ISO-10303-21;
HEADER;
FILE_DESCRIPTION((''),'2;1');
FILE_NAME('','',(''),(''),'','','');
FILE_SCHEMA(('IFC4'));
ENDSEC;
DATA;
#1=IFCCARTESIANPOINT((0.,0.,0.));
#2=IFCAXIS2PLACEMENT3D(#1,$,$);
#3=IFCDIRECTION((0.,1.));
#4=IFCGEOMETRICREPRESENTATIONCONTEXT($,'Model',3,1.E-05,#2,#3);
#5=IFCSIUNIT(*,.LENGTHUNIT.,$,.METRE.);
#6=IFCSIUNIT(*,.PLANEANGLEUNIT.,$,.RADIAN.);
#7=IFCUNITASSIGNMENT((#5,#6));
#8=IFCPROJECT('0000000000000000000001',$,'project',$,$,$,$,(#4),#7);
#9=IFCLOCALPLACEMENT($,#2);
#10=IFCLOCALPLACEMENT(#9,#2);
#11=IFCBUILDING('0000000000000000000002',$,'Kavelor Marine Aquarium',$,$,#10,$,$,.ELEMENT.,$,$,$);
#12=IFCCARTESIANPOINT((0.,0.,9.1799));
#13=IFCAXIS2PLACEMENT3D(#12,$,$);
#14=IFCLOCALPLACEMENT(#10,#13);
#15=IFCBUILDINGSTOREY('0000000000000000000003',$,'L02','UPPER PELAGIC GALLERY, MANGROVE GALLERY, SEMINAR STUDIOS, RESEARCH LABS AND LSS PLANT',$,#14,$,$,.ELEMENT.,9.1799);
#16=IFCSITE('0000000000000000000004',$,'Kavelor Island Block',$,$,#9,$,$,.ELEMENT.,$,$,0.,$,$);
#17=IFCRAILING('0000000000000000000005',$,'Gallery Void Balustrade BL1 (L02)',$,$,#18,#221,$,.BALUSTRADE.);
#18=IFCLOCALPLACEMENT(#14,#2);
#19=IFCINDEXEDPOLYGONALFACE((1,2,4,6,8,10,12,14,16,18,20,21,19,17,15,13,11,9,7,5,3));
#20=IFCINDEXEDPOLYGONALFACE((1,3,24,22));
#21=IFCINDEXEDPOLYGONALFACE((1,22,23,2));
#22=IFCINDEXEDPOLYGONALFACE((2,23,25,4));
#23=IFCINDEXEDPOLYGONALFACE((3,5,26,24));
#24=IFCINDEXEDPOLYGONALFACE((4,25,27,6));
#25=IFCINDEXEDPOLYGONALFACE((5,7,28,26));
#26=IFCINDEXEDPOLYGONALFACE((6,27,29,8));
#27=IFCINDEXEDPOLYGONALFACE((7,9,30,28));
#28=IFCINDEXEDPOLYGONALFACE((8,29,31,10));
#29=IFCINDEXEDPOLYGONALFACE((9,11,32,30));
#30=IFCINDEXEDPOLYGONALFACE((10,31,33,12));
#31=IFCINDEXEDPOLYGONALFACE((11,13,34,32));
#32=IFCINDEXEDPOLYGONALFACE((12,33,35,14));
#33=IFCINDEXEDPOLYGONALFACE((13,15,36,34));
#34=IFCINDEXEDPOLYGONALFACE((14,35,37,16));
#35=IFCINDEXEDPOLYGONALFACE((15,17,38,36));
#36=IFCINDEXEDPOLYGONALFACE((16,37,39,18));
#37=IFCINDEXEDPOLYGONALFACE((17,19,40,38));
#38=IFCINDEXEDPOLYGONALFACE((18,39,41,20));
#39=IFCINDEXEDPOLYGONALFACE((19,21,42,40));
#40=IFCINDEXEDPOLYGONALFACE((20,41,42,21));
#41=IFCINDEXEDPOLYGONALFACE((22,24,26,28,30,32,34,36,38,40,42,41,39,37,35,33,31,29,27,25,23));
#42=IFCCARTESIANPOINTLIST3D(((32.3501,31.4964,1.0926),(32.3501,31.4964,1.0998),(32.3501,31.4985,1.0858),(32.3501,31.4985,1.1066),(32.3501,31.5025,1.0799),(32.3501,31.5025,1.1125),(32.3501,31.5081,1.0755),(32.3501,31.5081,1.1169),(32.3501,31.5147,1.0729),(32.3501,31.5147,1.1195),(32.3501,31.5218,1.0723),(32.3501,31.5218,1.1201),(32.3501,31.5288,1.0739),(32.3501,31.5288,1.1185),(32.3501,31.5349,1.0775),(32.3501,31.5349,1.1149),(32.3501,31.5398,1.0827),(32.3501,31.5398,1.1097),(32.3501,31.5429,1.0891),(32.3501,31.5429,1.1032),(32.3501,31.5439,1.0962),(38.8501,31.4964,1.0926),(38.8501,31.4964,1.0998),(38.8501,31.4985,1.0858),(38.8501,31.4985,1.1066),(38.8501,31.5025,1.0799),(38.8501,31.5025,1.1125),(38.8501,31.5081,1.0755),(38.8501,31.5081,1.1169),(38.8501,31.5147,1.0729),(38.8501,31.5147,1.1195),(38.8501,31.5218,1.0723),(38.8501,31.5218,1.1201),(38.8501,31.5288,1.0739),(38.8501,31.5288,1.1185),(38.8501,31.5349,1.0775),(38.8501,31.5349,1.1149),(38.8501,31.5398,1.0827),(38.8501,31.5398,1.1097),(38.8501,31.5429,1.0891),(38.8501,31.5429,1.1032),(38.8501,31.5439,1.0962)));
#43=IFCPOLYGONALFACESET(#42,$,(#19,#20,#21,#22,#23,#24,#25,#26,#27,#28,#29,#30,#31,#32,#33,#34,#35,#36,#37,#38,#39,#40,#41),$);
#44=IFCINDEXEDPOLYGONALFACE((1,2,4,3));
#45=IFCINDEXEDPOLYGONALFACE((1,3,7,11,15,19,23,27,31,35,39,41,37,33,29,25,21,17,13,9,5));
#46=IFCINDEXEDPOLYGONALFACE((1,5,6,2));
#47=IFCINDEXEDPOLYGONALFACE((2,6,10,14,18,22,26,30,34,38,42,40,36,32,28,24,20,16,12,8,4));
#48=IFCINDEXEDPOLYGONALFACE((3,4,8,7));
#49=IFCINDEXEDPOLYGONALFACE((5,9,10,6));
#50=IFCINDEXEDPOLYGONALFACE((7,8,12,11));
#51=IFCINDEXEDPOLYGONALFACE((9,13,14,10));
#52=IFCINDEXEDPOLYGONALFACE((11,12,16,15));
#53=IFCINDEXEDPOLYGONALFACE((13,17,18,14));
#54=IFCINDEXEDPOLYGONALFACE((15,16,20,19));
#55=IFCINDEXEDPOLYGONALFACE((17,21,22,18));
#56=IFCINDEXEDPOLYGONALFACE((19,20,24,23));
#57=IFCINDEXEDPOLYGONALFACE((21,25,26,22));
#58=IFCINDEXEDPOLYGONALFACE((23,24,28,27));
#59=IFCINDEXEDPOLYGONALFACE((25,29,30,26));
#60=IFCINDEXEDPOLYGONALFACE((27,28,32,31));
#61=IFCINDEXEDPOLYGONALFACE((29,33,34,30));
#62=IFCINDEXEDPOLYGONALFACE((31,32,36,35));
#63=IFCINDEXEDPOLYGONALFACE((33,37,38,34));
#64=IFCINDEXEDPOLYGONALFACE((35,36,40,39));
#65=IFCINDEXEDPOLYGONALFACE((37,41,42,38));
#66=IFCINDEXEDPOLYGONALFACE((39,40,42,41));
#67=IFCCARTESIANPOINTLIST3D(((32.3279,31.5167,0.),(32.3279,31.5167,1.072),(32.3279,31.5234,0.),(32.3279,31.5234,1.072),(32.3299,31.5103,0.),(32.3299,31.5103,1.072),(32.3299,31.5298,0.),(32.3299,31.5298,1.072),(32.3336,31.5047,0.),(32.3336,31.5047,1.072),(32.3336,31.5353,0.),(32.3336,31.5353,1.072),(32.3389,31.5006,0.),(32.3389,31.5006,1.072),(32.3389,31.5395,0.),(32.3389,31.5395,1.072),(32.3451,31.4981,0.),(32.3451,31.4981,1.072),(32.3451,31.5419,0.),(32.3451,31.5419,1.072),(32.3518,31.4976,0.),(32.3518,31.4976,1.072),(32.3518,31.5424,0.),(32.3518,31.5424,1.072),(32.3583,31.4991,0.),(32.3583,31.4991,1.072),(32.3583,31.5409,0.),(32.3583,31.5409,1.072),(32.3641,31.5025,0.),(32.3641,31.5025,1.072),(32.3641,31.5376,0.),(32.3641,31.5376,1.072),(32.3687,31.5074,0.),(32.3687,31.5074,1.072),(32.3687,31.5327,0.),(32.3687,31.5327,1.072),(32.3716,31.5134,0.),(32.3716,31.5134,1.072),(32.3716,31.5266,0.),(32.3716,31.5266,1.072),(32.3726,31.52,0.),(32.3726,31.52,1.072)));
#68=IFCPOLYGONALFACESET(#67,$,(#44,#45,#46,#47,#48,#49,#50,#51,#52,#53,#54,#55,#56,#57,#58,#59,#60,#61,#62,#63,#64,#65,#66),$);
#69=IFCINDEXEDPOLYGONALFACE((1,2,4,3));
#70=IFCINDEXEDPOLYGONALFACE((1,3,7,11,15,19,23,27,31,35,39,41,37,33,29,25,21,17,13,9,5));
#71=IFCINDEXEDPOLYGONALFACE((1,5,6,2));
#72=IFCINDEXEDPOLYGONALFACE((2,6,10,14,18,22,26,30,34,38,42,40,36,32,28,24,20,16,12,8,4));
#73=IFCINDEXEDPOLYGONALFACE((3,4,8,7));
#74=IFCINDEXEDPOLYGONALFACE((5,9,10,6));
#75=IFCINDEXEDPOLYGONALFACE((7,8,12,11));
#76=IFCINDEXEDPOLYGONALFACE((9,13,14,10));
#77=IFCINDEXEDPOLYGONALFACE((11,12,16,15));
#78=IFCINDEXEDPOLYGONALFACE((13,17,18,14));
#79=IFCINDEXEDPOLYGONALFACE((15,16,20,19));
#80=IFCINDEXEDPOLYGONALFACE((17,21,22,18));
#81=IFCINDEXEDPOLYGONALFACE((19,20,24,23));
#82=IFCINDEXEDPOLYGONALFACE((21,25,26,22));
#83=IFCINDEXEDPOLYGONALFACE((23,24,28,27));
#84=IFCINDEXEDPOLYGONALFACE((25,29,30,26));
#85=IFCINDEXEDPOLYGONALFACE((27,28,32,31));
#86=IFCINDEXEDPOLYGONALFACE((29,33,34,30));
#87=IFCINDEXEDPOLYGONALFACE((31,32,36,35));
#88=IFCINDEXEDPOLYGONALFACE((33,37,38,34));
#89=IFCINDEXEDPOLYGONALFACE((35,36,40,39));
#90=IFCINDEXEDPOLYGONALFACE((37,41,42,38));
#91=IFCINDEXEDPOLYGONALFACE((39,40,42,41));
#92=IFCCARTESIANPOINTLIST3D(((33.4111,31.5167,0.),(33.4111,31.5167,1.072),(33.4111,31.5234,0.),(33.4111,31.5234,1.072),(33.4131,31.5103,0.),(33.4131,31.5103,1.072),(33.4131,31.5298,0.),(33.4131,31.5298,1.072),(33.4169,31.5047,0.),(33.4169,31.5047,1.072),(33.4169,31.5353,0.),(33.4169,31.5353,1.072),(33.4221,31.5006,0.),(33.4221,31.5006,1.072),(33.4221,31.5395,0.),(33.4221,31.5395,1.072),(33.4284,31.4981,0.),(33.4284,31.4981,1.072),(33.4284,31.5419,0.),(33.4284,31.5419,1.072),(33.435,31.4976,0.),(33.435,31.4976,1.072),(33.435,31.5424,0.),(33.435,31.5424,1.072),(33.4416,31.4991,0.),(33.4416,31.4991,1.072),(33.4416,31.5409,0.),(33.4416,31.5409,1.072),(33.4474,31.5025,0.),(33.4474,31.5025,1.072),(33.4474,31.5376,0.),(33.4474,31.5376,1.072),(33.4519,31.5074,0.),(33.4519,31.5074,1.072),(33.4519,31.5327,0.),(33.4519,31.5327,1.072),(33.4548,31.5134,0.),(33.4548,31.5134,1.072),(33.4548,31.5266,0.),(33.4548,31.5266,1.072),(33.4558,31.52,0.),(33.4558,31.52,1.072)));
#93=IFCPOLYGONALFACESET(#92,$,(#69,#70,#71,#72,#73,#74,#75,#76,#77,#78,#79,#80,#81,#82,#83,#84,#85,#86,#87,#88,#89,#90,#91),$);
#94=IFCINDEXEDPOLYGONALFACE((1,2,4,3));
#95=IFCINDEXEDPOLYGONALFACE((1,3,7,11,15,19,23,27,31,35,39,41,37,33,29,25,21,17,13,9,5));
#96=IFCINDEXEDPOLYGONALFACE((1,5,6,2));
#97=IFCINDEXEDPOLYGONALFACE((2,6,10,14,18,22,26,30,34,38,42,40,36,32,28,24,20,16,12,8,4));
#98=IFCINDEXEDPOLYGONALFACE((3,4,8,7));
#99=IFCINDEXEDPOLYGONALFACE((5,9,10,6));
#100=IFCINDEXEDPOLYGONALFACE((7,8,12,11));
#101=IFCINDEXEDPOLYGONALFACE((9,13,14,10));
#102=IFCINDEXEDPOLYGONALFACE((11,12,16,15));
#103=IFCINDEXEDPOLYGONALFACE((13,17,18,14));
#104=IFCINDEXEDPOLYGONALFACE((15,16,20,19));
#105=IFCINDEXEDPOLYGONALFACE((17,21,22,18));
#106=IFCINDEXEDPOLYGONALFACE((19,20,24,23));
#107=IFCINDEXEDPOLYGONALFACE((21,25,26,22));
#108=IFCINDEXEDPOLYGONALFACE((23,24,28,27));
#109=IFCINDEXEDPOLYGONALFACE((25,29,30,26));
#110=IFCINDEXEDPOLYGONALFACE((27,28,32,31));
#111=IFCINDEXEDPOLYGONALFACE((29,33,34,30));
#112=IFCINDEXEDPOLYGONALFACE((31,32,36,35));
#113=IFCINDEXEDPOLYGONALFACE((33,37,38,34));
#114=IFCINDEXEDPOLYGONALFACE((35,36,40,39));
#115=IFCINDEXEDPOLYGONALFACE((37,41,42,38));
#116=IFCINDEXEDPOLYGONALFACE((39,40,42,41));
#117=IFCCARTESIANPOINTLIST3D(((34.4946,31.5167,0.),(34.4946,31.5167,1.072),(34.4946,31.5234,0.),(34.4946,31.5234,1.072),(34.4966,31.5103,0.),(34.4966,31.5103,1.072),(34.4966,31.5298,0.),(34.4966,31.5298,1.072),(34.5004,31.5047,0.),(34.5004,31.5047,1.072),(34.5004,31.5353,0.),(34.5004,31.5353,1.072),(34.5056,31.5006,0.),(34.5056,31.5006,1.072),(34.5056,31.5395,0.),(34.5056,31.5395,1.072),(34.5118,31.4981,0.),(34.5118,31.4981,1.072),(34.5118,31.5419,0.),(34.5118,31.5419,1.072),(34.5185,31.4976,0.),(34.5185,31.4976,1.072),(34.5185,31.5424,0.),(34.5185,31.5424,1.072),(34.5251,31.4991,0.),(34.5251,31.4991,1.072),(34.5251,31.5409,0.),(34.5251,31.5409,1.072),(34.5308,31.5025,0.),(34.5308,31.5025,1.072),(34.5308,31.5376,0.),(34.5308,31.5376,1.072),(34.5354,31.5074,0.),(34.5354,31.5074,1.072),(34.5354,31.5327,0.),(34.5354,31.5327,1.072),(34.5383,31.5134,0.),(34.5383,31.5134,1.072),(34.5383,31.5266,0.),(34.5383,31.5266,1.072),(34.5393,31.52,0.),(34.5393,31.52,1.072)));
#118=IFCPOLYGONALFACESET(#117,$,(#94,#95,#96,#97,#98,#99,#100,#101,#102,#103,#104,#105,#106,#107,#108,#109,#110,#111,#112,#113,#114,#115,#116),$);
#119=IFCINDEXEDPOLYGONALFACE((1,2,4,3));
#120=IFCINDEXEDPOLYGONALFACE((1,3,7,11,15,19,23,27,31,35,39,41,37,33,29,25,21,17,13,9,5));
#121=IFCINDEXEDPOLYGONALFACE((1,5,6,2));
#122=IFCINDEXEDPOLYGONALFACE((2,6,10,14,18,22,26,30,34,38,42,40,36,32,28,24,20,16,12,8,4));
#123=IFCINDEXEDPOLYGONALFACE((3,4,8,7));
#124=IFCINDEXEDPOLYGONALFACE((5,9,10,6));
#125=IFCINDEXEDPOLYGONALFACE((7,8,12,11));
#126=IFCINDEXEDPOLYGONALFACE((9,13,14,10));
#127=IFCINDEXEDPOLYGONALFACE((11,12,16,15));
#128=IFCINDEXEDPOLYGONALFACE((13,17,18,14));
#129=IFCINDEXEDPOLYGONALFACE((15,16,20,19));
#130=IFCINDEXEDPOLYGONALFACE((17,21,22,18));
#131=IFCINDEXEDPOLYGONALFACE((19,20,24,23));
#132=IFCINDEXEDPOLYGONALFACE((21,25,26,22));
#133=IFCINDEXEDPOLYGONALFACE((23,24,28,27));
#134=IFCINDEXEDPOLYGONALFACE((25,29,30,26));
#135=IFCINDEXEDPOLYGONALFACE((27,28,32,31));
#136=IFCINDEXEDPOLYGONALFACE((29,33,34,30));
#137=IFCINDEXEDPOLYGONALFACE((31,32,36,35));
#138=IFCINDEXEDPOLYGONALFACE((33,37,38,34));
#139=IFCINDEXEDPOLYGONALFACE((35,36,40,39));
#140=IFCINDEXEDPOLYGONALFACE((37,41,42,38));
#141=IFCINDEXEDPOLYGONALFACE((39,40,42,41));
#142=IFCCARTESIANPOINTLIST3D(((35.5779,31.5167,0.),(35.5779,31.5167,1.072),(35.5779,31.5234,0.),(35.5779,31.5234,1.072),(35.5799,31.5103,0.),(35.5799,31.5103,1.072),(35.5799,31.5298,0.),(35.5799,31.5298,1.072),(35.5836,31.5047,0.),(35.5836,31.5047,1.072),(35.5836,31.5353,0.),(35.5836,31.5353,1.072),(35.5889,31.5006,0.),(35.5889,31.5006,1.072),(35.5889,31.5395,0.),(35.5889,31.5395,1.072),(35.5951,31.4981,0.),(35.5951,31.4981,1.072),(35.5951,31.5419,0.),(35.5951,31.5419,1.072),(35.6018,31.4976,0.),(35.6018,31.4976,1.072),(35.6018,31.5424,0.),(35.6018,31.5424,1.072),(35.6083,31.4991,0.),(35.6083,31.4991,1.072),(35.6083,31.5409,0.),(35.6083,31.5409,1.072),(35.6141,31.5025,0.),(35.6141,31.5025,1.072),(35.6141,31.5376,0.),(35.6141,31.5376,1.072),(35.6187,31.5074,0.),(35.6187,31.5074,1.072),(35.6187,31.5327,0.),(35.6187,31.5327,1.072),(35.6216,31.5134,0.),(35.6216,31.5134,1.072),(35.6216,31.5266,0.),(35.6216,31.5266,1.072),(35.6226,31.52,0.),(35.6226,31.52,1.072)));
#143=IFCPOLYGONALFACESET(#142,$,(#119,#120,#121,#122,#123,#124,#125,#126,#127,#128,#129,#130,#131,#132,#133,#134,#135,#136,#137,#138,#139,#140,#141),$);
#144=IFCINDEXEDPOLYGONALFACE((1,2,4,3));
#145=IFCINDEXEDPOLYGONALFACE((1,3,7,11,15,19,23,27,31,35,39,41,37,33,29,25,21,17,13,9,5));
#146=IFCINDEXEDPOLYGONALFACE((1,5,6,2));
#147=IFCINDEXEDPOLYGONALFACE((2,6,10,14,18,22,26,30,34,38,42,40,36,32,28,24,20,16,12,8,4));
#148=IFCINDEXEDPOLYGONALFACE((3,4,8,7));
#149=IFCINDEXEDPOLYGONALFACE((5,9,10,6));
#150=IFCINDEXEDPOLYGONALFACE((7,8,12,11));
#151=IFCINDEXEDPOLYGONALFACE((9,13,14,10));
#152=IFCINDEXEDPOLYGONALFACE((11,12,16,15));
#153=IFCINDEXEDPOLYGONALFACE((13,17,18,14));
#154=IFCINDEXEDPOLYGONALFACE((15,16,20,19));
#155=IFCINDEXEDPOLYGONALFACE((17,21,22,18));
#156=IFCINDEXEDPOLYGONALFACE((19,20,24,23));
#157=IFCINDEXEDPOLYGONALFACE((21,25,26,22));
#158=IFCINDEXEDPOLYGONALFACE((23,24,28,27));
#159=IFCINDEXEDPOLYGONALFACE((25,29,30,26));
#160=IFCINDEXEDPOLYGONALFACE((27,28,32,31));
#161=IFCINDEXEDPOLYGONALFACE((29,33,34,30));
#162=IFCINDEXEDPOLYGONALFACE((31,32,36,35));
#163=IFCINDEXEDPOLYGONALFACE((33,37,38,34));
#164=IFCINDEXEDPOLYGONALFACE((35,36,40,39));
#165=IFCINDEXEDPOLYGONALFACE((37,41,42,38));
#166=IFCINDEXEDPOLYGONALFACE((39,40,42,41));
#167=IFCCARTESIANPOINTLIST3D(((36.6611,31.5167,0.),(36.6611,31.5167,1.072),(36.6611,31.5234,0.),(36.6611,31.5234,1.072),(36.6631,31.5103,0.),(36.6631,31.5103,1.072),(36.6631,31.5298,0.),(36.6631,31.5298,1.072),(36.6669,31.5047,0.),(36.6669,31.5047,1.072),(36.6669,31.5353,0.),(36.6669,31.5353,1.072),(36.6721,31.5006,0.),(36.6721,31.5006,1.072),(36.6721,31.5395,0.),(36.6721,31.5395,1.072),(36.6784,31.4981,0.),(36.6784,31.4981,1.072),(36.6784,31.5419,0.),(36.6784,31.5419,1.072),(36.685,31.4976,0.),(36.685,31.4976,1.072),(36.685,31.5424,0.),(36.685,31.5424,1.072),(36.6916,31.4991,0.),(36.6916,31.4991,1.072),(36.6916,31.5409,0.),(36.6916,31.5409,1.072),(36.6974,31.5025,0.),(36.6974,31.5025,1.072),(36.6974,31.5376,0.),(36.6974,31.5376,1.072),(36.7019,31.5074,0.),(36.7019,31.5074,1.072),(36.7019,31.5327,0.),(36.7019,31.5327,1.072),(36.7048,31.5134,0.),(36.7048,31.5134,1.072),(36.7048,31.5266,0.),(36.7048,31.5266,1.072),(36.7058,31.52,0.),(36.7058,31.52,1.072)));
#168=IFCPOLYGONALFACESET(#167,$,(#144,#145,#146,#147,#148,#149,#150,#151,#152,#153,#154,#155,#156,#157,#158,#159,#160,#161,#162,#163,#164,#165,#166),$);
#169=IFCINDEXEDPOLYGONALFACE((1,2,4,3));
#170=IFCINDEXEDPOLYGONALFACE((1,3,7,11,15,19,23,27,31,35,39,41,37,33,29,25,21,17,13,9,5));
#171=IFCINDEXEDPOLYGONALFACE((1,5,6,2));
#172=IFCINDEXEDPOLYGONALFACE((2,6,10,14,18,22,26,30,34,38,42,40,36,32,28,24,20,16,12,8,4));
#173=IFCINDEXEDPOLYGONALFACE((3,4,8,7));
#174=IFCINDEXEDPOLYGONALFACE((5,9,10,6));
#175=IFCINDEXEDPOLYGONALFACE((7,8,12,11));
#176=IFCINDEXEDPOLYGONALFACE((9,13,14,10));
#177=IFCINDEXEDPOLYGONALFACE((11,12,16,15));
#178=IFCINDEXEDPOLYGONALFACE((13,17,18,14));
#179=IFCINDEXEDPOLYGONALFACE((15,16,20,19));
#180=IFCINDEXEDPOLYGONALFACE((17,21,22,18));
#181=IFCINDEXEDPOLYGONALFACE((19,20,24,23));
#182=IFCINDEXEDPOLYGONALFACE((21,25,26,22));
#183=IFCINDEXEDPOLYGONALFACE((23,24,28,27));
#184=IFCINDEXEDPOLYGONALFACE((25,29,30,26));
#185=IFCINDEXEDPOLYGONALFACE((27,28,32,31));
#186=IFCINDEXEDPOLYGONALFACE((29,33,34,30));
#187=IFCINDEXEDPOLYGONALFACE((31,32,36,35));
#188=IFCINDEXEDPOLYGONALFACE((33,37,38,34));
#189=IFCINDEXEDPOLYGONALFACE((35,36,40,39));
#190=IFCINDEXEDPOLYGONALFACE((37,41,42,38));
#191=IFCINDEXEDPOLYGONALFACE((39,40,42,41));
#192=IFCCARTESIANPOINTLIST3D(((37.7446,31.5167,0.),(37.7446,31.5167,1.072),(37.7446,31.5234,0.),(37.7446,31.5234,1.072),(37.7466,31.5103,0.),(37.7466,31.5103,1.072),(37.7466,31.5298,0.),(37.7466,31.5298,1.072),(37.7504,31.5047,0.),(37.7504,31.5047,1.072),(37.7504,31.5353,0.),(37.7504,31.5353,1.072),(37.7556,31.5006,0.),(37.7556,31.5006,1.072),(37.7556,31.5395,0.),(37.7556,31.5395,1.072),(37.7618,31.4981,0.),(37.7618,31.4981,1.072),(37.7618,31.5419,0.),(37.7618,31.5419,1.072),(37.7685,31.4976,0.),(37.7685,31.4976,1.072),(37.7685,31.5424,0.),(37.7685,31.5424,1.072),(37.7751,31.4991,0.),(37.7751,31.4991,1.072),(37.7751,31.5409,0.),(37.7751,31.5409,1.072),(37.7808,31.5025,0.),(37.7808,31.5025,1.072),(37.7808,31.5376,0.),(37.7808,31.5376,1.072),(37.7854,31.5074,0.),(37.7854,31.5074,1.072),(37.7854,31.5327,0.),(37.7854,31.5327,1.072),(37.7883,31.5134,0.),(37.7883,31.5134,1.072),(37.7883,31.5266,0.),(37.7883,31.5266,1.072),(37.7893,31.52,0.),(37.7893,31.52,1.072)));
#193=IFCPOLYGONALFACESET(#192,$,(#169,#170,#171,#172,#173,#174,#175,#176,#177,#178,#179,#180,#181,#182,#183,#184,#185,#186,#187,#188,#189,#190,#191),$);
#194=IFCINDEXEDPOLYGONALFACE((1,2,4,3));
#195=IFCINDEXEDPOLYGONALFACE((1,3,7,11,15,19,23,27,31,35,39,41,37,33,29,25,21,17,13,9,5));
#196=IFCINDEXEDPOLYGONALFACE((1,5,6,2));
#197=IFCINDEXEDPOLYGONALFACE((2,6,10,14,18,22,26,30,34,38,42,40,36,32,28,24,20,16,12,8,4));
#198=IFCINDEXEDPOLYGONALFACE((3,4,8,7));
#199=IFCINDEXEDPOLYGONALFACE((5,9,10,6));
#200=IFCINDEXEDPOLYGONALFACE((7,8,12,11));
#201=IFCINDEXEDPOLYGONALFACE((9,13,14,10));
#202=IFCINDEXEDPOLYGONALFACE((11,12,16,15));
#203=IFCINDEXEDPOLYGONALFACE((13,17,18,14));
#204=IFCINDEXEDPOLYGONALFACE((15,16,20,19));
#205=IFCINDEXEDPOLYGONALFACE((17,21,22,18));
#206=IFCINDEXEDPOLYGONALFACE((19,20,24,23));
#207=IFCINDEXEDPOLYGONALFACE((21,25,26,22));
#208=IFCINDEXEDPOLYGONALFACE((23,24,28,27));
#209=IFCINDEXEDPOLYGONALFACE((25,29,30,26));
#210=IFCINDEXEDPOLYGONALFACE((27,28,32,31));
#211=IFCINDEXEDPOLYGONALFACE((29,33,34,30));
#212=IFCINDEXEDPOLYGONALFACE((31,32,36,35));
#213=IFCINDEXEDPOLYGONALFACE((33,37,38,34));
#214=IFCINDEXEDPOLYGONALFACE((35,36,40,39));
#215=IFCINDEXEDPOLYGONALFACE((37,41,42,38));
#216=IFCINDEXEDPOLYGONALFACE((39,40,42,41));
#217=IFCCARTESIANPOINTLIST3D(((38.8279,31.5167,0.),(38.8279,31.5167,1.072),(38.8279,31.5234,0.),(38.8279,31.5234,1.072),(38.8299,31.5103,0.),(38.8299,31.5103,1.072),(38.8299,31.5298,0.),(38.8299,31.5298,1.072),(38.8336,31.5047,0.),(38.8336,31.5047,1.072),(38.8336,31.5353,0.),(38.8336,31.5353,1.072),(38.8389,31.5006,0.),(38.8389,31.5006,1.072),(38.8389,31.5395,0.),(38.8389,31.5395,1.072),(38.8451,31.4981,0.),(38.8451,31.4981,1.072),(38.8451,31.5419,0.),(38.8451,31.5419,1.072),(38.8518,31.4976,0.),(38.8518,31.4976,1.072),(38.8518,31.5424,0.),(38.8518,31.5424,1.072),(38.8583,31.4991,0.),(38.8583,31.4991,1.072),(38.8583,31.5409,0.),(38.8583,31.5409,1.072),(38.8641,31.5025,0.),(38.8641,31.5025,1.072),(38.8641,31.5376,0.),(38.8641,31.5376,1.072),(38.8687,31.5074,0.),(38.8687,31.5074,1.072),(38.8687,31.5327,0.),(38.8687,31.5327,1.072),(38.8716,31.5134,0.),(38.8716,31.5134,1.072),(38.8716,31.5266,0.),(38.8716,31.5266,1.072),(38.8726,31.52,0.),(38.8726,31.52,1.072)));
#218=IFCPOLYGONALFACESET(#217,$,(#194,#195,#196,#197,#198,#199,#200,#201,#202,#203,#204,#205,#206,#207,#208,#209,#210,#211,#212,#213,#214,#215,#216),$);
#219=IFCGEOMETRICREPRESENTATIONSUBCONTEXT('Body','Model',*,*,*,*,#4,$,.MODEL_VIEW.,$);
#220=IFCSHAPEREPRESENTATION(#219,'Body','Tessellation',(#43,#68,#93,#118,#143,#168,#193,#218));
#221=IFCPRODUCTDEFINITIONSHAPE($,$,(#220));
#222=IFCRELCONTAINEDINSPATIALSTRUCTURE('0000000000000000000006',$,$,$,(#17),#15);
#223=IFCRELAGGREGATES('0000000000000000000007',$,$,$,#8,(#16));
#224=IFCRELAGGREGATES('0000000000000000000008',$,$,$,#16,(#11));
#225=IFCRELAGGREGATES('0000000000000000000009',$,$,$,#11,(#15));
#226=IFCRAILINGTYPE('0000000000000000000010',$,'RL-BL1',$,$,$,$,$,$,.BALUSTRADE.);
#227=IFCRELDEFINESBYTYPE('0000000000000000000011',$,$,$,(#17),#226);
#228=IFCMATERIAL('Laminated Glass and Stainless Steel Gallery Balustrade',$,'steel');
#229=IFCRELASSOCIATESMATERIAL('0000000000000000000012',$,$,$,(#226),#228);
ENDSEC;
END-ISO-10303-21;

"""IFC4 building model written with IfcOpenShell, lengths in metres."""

from ifc_helpers import new_model, si_unit, direction, frame, origin, origin_2d, place, context, subcontext, project, spatial, circle, extrude, material, type_object, element, save


model = new_model("IFC4")

# Units and contexts
model_context = context("Model", 3, precision=1e-05, world=origin(), true_north=direction((0.0, 1.0)))
body_context = subcontext(model_context, "Body", "Model", "MODEL_VIEW")
ifc_project = project(units=[si_unit("LENGTHUNIT", "METRE"), si_unit("PLANEANGLEUNIT", "RADIAN")], contexts=[model_context])

# Site, building, storey
site_placement = place(None, origin())
site = spatial("IfcSite", under=ifc_project, at=site_placement, Name="Kavelor Island Block", CompositionType="ELEMENT", RefElevation=0.0)
building_placement = place(site_placement, origin())
building = spatial("IfcBuilding", under=site, at=building_placement, Name="Kavelor Marine Aquarium", CompositionType="ELEMENT")
storey_placement = place(building_placement, frame((0.0, 0.0, 9.1799)))
storey = spatial("IfcBuildingStorey", under=building, at=storey_placement, Name="L02", Description="UPPER PELAGIC GALLERY, MANGROVE GALLERY, SEMINAR STUDIOS, RESEARCH LABS AND LSS PLANT", CompositionType="ELEMENT", Elevation=9.1799)

# Railing
ifc_material_1 = material(Name="Laminated Glass and Stainless Steel Gallery Balustrade", Category="steel")
railing_type = type_object("IfcRailingType", Name="RL-BL1", PredefinedType="BALUSTRADE", material=ifc_material_1)
railing_placement = place(storey_placement, frame((32.3501, 31.52, 0.0)))
element("IfcRailing", 1, at=railing_placement, inside=storey, type_object=railing_type, Name="Gallery Void Balustrade BL1 (L02)", PredefinedType="BALUSTRADE", context=body_context, shape_type="SweptSolid", body=[
    extrude(circle(Radius=0.0239, at=origin_2d()), frame((0.0, 0.0, 1.0962), z_axis=(1.0, 0.0, 0.0), x_axis=(0.0, 1.0, 0.0)), (0.0, 0.0, 1.0), 6.5),
    extrude(circle(Radius=0.0225, at=origin_2d()), origin(), (0.0, 0.0, 1.0), 1.072),
    extrude(circle(Radius=0.0225, at=origin_2d()), frame((1.0833, 0.0, 0.0)), (0.0, 0.0, 1.0), 1.072),
    extrude(circle(Radius=0.0225, at=origin_2d()), frame((2.1667, 0.0, 0.0)), (0.0, 0.0, 1.0), 1.072),
    extrude(circle(Radius=0.0225, at=origin_2d()), frame((3.25, 0.0, 0.0)), (0.0, 0.0, 1.0), 1.072),
    extrude(circle(Radius=0.0225, at=origin_2d()), frame((4.3333, 0.0, 0.0)), (0.0, 0.0, 1.0), 1.072),
    extrude(circle(Radius=0.0225, at=origin_2d()), frame((5.4167, 0.0, 0.0)), (0.0, 0.0, 1.0), 1.072),
    extrude(circle(Radius=0.0225, at=origin_2d()), frame((6.5, 0.0, 0.0)), (0.0, 0.0, 1.0), 1.072),
])

save(model, "model.ifc")
